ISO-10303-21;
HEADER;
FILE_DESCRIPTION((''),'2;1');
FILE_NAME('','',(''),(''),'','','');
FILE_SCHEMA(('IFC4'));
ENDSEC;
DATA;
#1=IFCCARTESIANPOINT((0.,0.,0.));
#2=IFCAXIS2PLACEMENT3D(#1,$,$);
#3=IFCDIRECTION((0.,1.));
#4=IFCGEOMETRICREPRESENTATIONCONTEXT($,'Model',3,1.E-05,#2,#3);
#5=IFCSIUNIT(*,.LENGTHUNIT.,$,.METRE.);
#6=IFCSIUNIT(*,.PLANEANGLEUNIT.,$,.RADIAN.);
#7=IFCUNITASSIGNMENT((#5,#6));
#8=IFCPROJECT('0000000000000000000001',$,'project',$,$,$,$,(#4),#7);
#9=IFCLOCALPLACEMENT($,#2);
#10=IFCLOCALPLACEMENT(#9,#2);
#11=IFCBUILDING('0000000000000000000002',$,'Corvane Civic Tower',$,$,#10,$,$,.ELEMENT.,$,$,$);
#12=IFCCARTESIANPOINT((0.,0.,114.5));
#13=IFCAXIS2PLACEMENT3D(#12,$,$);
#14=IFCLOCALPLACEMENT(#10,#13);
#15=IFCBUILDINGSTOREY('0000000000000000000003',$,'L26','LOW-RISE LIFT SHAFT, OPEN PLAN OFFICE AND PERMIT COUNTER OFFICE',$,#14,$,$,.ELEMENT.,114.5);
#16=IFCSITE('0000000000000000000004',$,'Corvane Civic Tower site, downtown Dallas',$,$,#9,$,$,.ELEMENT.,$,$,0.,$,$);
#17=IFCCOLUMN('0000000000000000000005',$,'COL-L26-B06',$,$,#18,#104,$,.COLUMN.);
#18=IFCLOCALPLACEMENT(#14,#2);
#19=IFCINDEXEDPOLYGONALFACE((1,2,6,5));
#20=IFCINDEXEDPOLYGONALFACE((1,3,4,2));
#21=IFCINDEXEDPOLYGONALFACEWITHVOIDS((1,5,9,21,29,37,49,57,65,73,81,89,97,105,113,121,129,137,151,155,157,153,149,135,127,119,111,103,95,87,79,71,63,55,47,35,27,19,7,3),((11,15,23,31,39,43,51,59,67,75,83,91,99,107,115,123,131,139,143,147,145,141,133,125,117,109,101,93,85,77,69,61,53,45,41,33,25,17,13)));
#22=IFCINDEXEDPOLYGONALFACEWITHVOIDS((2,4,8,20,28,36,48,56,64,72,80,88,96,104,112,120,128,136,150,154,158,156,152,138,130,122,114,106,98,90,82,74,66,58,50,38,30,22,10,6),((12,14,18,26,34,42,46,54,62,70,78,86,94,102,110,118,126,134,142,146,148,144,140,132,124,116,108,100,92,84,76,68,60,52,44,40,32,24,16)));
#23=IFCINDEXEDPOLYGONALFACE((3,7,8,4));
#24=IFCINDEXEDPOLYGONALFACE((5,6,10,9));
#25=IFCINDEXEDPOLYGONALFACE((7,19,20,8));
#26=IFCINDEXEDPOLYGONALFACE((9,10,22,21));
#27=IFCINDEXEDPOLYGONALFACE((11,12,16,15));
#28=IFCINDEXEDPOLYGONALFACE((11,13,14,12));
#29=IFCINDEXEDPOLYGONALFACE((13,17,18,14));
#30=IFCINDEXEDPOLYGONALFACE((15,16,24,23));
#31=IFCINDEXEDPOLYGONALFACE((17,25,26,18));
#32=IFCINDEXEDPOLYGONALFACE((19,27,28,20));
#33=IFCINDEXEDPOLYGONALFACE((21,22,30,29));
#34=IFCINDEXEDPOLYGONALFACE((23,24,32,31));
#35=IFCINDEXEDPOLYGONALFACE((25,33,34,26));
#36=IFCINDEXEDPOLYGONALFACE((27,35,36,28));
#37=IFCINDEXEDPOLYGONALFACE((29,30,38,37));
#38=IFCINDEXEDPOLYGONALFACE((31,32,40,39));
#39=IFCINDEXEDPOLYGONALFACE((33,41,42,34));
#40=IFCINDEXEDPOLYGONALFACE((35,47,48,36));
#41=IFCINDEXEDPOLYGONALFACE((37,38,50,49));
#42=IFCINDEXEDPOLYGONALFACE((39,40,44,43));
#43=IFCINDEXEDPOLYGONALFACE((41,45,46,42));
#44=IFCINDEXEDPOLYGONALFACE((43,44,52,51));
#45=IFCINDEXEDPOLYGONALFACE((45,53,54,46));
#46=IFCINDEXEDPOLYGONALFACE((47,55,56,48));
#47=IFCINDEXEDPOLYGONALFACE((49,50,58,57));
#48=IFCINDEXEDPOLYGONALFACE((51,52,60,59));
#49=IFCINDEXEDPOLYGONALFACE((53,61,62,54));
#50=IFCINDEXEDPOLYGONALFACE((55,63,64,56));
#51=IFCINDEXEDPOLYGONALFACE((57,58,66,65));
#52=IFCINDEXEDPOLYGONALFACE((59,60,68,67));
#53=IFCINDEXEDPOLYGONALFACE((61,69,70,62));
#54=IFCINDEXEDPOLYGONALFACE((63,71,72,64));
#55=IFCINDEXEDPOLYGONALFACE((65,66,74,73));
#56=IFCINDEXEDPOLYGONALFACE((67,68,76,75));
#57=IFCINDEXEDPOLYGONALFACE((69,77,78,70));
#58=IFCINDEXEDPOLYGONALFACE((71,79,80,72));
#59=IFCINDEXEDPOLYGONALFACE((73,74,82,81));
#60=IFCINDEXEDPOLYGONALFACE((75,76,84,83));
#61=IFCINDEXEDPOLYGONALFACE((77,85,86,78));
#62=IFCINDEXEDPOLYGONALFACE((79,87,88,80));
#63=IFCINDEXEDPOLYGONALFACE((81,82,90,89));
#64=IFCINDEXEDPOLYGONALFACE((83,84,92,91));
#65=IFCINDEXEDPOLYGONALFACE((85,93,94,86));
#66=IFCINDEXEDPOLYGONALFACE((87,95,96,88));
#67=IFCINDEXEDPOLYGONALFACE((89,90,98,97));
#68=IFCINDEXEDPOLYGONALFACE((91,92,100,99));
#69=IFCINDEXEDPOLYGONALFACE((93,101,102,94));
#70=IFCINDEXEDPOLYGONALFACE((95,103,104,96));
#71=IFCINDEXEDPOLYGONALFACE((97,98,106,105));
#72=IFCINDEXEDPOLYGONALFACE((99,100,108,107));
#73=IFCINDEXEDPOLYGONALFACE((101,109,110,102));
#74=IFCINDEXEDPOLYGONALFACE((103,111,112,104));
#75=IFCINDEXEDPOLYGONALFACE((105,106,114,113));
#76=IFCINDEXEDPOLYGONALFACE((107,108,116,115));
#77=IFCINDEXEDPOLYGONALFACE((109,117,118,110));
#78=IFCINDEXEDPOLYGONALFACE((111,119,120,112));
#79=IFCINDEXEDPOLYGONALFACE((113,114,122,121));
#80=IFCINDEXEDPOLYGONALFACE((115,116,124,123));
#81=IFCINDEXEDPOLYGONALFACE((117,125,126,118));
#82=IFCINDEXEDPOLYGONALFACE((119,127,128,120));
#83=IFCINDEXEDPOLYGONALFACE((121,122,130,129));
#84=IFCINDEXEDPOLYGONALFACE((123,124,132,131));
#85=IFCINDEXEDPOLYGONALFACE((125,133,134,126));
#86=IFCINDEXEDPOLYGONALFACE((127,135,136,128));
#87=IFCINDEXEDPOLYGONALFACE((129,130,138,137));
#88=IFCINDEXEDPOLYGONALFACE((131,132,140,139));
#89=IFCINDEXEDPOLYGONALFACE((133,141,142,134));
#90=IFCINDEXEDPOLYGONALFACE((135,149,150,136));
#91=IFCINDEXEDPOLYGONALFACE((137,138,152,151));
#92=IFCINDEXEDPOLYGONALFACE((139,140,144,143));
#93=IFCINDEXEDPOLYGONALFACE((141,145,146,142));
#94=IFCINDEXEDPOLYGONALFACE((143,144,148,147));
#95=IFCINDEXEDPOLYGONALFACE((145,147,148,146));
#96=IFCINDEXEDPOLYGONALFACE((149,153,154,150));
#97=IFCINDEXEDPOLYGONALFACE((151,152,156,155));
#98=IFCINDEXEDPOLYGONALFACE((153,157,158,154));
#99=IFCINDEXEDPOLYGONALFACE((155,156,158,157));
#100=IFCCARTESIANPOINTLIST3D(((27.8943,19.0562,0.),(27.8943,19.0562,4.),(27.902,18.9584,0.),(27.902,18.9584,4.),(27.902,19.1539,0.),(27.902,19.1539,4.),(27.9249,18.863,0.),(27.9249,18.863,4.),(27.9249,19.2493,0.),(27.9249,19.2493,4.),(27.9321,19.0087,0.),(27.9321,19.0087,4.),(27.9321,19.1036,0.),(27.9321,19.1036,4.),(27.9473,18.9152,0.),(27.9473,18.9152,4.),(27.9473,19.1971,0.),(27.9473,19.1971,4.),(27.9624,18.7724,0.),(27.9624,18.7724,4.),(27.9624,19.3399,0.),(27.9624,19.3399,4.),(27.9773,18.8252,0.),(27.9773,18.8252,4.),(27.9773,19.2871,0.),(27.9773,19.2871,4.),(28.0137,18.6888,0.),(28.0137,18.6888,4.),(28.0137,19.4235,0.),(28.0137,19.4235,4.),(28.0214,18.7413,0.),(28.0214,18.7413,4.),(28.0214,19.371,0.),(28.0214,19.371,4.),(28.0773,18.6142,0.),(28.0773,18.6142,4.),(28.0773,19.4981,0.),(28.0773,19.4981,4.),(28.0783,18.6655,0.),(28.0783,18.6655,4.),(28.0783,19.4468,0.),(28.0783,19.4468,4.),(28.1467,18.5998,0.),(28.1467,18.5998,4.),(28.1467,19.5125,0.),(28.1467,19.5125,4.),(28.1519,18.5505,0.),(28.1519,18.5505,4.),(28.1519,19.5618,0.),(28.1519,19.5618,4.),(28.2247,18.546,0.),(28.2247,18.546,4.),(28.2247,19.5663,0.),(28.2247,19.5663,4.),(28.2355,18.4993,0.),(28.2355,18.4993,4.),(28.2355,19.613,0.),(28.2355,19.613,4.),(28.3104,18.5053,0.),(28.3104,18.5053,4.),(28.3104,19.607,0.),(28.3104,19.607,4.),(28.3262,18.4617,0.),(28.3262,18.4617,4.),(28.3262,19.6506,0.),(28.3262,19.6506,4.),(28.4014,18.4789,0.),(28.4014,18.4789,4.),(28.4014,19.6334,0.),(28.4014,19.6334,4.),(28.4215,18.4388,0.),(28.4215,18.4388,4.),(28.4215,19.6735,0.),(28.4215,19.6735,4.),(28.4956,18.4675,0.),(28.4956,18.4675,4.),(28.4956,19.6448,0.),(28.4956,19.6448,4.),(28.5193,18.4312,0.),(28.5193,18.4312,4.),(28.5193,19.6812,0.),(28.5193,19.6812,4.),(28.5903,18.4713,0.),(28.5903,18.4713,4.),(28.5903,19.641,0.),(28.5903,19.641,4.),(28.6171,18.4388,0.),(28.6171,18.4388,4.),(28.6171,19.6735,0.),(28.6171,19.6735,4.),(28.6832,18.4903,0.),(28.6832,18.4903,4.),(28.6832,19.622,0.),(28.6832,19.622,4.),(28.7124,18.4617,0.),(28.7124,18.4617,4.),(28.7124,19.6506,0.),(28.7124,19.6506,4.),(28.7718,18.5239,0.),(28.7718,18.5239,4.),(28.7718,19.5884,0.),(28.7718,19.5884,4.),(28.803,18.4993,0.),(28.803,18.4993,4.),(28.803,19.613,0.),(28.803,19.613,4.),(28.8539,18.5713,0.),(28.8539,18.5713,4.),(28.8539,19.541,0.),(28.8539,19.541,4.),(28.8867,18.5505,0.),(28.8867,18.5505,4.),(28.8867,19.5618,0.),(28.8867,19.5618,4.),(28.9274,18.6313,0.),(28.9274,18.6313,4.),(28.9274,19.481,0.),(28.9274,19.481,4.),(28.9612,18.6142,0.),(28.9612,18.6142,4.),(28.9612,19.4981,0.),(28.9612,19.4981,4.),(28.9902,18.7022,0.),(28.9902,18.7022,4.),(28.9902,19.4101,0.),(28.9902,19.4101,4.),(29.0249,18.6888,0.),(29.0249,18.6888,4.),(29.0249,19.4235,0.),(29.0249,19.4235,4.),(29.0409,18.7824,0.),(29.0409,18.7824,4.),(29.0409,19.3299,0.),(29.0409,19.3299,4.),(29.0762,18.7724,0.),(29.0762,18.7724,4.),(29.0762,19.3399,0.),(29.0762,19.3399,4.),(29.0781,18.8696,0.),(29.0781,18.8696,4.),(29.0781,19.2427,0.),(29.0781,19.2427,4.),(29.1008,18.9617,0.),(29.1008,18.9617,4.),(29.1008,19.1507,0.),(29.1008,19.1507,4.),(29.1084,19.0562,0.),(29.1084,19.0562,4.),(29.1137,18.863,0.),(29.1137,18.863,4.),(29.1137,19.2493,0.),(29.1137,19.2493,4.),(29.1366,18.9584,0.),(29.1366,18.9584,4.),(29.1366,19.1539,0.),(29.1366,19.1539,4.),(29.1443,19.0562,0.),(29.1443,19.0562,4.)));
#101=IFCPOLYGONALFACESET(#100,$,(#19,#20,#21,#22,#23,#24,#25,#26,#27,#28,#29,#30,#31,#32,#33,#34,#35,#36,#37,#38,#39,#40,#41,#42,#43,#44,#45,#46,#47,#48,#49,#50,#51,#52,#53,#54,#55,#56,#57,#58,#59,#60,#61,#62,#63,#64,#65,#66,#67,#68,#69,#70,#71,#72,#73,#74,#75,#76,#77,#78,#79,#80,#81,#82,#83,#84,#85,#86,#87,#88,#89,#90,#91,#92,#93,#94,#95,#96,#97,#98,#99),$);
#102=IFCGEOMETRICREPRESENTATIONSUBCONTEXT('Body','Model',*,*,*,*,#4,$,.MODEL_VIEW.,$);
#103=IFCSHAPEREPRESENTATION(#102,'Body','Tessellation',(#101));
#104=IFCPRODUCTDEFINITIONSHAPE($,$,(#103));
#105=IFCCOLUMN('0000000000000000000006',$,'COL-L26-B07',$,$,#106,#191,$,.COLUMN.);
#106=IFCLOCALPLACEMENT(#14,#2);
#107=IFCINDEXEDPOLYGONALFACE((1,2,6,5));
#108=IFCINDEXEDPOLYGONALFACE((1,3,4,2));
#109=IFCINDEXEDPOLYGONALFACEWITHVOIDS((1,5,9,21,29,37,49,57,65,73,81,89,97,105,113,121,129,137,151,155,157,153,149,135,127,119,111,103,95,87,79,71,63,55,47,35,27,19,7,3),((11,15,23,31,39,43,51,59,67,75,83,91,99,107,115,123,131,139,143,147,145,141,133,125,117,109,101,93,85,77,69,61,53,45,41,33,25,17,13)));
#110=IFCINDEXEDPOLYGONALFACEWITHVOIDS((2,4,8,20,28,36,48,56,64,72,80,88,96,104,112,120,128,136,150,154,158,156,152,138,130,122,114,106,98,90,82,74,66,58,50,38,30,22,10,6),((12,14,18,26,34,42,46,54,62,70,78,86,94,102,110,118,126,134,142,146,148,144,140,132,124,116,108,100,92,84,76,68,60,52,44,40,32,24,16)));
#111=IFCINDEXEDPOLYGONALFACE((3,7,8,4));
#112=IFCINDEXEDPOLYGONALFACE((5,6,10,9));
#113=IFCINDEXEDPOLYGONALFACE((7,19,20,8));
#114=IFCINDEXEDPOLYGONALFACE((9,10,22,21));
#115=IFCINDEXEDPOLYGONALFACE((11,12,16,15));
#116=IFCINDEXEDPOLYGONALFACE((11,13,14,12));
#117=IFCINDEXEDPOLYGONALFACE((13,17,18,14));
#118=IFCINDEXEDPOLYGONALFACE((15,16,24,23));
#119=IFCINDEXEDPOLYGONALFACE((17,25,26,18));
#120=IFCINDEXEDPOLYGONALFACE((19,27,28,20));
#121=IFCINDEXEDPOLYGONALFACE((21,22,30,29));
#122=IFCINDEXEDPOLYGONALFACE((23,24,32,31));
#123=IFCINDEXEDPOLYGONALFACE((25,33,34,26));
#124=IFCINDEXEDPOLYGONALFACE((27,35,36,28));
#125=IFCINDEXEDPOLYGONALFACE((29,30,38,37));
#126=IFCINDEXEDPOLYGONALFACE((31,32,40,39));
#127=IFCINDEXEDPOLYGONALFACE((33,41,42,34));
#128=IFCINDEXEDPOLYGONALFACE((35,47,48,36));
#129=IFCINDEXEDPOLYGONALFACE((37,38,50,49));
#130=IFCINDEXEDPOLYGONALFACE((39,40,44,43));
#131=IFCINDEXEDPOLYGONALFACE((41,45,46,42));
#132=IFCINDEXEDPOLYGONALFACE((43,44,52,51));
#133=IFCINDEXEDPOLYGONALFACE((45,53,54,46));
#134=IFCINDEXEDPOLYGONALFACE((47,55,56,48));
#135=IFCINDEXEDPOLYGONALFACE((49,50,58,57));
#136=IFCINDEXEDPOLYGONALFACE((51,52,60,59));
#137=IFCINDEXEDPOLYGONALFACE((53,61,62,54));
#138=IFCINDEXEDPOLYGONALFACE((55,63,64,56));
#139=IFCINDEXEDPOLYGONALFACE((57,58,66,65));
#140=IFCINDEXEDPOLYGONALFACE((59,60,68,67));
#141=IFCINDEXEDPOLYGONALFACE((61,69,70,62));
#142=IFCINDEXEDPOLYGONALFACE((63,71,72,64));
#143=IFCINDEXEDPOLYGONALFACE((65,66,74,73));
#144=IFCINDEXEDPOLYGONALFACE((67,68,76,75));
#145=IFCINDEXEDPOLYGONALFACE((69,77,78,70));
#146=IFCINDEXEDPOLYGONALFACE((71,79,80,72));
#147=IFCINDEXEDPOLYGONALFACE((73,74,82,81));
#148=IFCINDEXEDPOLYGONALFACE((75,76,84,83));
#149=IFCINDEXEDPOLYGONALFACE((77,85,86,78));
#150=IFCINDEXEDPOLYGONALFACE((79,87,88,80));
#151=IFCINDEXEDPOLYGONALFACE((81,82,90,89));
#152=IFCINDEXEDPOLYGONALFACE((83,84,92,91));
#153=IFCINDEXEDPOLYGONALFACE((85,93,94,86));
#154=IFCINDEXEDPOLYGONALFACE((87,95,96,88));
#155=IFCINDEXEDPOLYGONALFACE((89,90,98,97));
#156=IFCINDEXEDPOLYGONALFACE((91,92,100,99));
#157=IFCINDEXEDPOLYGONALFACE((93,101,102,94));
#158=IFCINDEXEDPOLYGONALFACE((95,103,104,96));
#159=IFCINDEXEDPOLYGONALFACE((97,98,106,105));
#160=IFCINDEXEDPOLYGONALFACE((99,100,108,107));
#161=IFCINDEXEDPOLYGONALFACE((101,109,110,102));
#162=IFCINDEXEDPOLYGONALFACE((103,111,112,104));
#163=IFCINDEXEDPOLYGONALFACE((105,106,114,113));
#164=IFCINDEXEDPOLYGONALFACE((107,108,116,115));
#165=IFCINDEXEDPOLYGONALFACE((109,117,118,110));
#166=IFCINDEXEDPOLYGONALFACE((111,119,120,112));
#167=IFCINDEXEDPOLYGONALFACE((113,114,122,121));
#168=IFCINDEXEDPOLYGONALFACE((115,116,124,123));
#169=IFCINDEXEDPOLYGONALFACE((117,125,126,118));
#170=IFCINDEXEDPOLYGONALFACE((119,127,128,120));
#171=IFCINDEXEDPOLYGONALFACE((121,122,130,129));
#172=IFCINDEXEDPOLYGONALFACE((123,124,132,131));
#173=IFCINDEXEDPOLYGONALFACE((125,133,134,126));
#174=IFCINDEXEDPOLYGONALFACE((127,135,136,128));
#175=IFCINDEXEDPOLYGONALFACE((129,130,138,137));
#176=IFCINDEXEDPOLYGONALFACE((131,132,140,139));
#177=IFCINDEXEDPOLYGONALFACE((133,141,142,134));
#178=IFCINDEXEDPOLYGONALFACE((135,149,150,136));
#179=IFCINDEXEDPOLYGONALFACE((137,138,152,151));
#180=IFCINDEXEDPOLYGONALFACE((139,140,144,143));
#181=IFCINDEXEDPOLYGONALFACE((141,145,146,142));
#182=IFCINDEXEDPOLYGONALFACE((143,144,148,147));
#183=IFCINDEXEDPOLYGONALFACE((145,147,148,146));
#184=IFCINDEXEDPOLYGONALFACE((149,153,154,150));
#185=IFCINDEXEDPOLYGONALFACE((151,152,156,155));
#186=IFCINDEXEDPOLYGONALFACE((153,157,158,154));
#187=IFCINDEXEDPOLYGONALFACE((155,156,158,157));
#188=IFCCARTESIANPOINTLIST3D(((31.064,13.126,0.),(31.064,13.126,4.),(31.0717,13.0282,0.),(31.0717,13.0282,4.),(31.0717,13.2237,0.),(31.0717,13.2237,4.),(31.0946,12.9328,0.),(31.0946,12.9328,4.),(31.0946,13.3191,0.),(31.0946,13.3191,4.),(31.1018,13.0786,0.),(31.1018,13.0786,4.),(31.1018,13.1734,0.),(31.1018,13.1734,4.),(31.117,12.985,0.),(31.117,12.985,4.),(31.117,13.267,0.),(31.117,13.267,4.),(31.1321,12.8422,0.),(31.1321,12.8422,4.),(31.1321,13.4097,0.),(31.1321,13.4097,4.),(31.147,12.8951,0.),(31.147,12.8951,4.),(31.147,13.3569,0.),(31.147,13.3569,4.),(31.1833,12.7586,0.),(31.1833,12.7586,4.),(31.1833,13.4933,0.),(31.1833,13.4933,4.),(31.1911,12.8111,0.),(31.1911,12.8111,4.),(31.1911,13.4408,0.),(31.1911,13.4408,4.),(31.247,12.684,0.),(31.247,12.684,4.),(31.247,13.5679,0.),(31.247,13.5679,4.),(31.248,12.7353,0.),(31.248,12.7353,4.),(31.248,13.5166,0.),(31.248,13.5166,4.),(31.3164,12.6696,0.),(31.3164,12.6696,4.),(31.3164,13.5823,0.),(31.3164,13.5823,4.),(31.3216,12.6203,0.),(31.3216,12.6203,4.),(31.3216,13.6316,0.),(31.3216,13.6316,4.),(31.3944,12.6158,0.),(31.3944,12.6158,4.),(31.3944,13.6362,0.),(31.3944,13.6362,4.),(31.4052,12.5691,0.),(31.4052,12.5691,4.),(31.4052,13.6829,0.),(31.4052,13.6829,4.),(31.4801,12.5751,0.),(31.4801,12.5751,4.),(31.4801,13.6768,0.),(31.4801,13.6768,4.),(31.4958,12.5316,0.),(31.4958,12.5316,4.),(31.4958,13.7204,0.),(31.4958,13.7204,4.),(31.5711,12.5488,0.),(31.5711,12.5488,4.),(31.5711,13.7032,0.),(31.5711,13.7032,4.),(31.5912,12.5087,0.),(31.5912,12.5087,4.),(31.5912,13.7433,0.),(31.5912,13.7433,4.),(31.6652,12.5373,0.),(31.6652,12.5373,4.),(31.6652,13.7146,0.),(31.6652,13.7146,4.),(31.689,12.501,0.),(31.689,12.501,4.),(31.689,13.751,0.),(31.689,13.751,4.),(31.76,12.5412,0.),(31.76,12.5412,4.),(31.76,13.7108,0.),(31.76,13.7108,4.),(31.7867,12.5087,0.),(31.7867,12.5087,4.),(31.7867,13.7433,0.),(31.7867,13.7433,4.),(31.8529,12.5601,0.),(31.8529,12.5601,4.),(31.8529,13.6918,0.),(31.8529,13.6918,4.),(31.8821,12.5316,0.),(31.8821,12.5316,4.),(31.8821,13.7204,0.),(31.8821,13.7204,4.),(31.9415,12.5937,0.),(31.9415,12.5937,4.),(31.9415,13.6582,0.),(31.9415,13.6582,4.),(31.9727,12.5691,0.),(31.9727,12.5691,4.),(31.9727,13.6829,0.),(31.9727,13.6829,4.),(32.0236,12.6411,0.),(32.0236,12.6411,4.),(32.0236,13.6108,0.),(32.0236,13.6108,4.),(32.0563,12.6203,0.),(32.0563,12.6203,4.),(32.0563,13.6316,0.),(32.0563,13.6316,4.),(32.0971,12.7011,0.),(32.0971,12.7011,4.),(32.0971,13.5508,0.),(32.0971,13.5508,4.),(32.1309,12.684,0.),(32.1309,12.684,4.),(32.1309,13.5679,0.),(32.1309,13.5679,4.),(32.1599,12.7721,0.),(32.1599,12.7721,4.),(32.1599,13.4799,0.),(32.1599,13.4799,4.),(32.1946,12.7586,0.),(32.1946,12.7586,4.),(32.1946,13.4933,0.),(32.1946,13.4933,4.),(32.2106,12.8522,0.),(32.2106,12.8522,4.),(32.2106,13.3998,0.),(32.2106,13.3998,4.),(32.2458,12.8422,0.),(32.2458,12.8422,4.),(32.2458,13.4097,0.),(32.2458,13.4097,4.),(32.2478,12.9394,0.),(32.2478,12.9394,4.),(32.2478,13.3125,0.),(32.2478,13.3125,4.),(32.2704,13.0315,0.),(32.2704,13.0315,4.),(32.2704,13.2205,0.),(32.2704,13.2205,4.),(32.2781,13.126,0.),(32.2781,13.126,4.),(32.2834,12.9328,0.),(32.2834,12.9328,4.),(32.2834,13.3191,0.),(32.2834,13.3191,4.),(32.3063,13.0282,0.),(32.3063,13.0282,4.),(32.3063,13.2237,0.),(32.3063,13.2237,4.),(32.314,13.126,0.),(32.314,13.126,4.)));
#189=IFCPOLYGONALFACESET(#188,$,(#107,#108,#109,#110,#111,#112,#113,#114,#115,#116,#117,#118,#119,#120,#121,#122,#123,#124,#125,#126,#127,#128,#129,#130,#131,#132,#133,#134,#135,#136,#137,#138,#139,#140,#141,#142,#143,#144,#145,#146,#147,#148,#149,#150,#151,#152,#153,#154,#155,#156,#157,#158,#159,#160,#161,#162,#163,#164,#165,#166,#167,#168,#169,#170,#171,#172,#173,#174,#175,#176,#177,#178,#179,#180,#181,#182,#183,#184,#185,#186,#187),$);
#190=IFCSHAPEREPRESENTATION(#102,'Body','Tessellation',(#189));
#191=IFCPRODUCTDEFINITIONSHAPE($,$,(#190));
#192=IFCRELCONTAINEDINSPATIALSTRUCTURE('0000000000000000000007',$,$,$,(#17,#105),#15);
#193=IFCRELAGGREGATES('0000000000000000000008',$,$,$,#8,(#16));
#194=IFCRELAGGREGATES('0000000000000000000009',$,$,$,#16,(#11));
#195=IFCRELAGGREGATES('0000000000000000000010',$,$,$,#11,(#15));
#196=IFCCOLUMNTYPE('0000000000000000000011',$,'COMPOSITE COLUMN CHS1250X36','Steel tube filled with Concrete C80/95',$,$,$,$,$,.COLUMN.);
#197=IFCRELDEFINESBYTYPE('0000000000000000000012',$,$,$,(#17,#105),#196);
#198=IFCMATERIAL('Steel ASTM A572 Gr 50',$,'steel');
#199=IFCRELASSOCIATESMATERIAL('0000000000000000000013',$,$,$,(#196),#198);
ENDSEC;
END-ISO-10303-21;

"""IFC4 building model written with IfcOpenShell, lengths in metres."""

from ifc_helpers import new_model, si_unit, direction, frame, origin, origin_2d, place, context, subcontext, project, spatial, hollow_circle, extrude, material, material_profile, profile_set, type_object, element, save


model = new_model("IFC4")

# Units and contexts
model_context = context("Model", 3, precision=1e-05, world=origin(), true_north=direction((0.0, 1.0)))
body_context = subcontext(model_context, "Body", "Model", "MODEL_VIEW")
ifc_project = project(units=[si_unit("LENGTHUNIT", "METRE"), si_unit("PLANEANGLEUNIT", "RADIAN")], contexts=[model_context])

# Site, building, storey
site_placement = place(None, origin())
site = spatial("IfcSite", under=ifc_project, at=site_placement, Name="Corvane Civic Tower site, downtown Dallas", CompositionType="ELEMENT", RefElevation=0.0)
building_placement = place(site_placement, origin())
building = spatial("IfcBuilding", under=site, at=building_placement, Name="Corvane Civic Tower", CompositionType="ELEMENT")
storey_placement = place(building_placement, frame((0.0, 0.0, 114.5)))
storey = spatial("IfcBuildingStorey", under=building, at=storey_placement, Name="L26", Description="LOW-RISE LIFT SHAFT, OPEN PLAN OFFICE AND PERMIT COUNTER OFFICE", CompositionType="ELEMENT", Elevation=114.5)

# Columns
ifc_material_1 = material(Name="Steel ASTM A572 Gr 50", Category="steel")
ifc_material_profile_1 = material_profile(ifc_material_1, hollow_circle(Radius=0.625, WallThickness=0.0359, at=origin_2d()), Name="CHS1250X36")
ifc_profile_set_1 = profile_set([ifc_material_profile_1], Name="Steel ASTM A572 Gr 50")
column_type = type_object("IfcColumnType", Name="COMPOSITE COLUMN CHS1250X36", Description="Steel tube filled with Concrete C80/95", PredefinedType="COLUMN", material=ifc_profile_set_1)
for number, where, z_axis, x_axis, name in (
    (1, (28.5193, 19.0562, 0.0), (0.0, 0.0, 1.0), (1.0, 0.0, 0.0), "COL-L26-B06"),
    (2, (31.689, 13.126, 0.0), (0.0, 0.0, 1.0), (1.0, 0.0, 0.0), "COL-L26-B07"),
):
    element("IfcColumn", number, at=place(storey_placement, frame(where, z_axis=z_axis, x_axis=x_axis)), inside=storey, type_object=column_type, Name=name, PredefinedType="COLUMN", context=body_context, shape_type="SweptSolid", body=[
        extrude(hollow_circle(Radius=0.625, WallThickness=0.0359, at=origin_2d()), origin(), (0.0, 0.0, 1.0), 4.0),
    ])

save(model, "model.ifc")
